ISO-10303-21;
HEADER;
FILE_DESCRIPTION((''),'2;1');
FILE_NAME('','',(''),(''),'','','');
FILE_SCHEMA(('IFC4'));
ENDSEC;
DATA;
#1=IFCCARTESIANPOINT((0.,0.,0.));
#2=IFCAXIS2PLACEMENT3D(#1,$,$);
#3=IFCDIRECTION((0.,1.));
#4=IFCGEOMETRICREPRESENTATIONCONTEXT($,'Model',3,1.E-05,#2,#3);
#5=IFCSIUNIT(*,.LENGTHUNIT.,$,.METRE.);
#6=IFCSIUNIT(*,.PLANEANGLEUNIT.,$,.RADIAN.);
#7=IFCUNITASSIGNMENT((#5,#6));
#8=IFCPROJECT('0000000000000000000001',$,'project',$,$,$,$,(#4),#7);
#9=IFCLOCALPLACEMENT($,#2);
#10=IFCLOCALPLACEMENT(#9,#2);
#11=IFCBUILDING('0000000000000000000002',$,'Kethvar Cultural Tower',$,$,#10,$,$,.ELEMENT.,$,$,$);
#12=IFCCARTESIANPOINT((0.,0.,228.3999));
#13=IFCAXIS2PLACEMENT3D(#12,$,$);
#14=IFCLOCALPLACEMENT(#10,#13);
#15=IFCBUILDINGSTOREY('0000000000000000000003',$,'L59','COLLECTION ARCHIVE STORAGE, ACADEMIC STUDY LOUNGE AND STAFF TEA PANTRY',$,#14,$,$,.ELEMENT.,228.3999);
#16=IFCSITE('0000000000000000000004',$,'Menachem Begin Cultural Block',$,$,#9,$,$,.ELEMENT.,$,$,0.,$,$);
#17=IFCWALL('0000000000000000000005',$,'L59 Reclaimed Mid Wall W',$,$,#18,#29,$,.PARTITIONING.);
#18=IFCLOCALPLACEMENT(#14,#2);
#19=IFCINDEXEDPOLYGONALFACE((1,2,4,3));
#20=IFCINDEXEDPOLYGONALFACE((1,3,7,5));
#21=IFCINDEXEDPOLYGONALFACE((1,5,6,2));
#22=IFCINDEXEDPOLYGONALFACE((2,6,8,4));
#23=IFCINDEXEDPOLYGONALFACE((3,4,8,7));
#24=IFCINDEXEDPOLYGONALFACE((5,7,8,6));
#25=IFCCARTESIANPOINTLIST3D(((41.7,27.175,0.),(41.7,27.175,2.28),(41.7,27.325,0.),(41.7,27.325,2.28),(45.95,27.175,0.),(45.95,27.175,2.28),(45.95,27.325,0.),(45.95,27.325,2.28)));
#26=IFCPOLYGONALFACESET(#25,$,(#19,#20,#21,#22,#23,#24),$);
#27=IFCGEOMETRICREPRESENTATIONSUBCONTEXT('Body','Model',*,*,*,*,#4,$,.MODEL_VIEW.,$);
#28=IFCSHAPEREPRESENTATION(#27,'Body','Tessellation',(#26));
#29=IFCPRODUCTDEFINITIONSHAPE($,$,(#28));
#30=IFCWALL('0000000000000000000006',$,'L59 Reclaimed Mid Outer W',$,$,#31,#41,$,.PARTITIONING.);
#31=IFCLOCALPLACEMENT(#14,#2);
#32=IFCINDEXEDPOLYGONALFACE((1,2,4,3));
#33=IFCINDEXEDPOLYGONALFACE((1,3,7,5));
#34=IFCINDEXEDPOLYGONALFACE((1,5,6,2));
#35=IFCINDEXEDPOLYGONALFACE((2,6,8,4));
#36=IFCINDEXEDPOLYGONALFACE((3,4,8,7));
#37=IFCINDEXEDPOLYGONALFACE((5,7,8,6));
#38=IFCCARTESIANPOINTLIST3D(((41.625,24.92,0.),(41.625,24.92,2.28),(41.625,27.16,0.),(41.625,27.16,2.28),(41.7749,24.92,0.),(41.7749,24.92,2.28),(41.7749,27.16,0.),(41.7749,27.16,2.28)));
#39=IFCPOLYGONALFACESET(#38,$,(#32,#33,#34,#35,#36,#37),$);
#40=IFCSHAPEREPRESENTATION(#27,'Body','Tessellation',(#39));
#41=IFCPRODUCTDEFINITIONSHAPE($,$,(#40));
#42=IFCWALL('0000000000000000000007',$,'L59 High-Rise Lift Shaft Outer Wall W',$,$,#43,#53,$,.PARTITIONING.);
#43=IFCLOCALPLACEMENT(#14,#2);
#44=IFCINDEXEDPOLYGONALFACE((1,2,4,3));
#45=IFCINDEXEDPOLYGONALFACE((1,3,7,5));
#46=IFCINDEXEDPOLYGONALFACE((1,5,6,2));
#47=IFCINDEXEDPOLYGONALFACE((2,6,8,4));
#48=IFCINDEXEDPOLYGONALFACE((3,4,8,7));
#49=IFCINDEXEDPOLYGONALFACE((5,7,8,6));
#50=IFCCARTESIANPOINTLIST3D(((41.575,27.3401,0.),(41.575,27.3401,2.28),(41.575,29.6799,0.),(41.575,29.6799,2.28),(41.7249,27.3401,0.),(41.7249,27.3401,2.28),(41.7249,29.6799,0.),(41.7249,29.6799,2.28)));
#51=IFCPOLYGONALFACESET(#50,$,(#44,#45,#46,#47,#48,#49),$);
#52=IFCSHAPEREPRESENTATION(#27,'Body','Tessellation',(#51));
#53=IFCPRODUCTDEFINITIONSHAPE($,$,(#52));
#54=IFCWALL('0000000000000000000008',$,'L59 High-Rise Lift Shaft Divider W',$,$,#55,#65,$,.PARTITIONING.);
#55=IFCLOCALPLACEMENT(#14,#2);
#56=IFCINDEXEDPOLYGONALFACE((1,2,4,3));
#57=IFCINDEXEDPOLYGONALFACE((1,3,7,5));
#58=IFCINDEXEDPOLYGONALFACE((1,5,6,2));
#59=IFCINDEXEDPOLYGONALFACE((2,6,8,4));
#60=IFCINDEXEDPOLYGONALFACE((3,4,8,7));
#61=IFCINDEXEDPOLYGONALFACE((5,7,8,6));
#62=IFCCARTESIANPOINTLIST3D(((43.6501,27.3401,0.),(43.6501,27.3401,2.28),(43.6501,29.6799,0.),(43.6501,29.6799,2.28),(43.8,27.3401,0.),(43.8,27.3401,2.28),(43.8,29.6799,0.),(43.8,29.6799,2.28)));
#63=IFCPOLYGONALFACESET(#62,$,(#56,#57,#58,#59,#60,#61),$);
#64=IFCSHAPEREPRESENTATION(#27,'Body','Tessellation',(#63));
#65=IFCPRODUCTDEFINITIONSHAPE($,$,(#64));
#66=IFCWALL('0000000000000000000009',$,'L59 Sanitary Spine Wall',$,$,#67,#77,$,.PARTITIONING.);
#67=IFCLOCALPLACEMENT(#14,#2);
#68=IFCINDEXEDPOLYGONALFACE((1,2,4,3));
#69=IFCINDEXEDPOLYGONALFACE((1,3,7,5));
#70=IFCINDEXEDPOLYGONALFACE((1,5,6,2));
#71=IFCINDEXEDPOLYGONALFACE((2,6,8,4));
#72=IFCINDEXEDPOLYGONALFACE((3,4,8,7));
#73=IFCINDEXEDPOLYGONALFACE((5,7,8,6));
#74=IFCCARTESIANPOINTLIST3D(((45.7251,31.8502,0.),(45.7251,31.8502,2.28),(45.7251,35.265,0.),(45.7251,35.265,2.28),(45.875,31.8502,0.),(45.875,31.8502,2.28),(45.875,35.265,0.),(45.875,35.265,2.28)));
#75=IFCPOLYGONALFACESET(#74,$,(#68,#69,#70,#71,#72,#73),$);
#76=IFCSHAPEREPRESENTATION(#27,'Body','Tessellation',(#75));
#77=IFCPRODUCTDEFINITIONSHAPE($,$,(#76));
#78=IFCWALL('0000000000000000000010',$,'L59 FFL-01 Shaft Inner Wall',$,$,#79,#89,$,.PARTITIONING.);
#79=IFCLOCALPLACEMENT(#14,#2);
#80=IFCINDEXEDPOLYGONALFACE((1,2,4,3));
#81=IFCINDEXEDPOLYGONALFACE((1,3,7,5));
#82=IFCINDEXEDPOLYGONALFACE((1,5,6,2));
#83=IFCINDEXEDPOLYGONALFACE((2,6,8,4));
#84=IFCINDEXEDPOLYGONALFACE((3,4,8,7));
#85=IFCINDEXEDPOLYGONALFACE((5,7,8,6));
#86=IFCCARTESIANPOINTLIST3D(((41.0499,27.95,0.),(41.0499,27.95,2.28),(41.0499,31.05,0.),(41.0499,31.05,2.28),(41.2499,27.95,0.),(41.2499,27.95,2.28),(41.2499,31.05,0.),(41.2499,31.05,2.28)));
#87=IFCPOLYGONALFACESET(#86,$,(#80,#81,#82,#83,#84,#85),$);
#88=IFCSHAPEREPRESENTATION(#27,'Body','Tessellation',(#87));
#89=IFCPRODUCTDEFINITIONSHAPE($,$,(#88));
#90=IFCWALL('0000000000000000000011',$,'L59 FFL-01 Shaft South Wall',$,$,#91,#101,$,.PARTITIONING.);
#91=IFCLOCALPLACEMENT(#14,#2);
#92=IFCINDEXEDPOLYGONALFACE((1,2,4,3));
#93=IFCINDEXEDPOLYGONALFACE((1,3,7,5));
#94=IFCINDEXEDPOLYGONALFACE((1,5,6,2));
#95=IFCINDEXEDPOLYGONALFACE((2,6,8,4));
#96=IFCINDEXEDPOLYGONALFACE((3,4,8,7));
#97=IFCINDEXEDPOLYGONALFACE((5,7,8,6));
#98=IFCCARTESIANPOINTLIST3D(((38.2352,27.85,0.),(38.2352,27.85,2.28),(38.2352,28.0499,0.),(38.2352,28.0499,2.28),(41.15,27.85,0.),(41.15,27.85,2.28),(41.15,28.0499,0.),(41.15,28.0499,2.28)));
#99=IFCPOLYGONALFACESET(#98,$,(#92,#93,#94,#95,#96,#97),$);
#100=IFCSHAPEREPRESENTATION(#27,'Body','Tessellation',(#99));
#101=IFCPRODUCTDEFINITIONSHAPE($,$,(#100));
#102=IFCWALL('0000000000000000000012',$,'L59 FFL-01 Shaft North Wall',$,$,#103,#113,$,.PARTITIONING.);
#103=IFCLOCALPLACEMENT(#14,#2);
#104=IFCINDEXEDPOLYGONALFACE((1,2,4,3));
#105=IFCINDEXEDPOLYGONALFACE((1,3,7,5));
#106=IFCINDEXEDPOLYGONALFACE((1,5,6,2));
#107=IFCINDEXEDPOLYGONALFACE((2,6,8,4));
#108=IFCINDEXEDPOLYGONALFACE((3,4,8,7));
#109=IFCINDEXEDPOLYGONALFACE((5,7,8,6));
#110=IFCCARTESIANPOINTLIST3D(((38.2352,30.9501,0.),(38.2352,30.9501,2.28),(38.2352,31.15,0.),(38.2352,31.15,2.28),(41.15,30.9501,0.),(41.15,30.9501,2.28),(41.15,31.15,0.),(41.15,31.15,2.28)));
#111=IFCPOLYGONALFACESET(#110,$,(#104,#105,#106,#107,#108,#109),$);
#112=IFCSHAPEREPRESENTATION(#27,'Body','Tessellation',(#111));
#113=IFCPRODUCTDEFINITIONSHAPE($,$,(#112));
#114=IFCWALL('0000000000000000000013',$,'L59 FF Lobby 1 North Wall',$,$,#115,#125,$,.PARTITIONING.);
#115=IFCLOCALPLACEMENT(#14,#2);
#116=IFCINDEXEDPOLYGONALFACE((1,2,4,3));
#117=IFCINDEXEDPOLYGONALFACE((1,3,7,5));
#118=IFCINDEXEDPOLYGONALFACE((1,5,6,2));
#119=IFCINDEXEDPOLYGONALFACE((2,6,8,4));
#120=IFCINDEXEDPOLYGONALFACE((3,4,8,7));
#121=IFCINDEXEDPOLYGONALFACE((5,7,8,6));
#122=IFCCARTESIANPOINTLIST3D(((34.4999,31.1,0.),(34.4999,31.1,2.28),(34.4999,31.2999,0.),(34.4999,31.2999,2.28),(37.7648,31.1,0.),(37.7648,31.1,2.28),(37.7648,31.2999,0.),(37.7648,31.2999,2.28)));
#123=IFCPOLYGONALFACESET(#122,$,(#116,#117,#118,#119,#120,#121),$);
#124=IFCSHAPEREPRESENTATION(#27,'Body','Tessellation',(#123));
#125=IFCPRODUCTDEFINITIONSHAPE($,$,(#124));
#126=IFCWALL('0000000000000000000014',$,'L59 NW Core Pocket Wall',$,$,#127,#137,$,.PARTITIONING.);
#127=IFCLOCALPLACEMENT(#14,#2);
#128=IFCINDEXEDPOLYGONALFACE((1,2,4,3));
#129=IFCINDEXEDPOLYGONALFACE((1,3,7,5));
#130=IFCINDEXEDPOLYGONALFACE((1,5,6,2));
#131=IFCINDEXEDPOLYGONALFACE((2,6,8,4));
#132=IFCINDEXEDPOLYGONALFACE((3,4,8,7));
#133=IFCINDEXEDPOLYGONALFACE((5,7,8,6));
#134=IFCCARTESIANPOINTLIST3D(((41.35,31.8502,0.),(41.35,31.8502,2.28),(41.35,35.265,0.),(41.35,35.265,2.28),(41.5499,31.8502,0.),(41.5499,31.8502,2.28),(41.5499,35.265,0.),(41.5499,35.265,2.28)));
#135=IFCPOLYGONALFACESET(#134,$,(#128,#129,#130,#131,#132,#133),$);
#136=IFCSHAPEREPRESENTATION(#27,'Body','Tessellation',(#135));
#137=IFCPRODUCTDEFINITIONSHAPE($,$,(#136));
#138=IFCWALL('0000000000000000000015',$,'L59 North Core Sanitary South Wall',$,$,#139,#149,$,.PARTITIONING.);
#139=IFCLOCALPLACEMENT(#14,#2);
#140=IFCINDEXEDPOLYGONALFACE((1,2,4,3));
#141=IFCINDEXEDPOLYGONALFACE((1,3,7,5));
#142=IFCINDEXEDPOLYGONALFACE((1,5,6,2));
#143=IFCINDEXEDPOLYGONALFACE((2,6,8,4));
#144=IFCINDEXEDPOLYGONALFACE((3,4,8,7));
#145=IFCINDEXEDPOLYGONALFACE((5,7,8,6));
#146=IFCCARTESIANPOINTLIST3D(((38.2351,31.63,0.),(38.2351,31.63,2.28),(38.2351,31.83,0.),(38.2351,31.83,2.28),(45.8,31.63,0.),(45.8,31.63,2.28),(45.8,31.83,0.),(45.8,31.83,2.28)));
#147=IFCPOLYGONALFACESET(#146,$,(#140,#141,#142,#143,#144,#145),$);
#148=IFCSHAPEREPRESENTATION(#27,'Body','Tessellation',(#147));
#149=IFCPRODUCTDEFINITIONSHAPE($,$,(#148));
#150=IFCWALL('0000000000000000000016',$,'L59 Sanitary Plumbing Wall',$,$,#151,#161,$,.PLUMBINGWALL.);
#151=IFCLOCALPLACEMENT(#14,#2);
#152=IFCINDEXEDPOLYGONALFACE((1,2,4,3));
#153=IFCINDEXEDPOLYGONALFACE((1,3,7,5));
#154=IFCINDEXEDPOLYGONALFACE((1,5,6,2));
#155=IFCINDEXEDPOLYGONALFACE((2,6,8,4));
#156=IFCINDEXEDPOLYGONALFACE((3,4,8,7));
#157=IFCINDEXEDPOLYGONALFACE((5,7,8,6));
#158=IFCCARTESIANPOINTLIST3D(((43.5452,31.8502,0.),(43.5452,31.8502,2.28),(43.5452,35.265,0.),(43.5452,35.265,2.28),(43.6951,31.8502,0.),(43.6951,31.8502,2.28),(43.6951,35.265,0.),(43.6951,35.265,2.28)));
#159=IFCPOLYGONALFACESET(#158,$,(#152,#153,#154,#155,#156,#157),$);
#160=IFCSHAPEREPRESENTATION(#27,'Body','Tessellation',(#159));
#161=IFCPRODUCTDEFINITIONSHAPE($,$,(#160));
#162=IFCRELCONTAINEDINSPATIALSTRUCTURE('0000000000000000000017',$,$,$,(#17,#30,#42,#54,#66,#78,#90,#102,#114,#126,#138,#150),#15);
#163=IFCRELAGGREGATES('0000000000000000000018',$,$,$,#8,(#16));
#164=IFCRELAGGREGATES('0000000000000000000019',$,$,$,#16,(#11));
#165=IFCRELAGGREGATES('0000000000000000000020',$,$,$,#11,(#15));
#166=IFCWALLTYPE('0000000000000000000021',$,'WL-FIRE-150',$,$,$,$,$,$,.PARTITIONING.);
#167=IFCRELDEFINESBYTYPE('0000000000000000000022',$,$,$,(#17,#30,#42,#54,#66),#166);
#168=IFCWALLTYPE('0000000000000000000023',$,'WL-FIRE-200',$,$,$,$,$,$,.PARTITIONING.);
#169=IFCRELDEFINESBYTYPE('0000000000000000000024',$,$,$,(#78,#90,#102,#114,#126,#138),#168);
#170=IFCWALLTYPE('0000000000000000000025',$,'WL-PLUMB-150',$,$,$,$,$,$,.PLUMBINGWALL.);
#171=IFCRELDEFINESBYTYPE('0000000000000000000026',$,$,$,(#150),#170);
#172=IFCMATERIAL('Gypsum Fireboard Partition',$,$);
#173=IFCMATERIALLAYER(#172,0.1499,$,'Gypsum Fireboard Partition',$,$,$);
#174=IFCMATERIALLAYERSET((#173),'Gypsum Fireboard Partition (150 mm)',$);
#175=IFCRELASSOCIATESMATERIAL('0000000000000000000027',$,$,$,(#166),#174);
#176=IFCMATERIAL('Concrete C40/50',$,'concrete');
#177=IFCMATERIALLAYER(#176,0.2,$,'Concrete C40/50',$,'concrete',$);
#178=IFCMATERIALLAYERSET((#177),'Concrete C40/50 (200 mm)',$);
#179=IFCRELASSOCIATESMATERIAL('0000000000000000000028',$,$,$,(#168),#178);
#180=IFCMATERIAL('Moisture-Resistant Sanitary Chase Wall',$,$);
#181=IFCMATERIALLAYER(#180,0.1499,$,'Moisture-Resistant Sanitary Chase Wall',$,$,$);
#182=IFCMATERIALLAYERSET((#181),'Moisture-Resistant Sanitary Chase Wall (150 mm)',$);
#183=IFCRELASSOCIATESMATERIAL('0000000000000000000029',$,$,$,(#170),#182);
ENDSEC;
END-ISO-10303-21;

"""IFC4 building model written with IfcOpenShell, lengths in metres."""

from ifc_helpers import new_model, si_unit, direction, frame, frame_2d, origin, place, context, subcontext, project, spatial, rectangle, extrude, material, layer, layer_set, type_object, element, save


model = new_model("IFC4")

# Units and contexts
model_context = context("Model", 3, precision=1e-05, world=origin(), true_north=direction((0.0, 1.0)))
body_context = subcontext(model_context, "Body", "Model", "MODEL_VIEW")
ifc_project = project(units=[si_unit("LENGTHUNIT", "METRE"), si_unit("PLANEANGLEUNIT", "RADIAN")], contexts=[model_context])

# Site, building, storey
site_placement = place(None, origin())
site = spatial("IfcSite", under=ifc_project, at=site_placement, Name="Menachem Begin Cultural Block", CompositionType="ELEMENT", RefElevation=0.0)
building_placement = place(site_placement, origin())
building = spatial("IfcBuilding", under=site, at=building_placement, Name="Kethvar Cultural Tower", CompositionType="ELEMENT")
storey_placement = place(building_placement, frame((0.0, 0.0, 228.3999)))
storey = spatial("IfcBuildingStorey", under=building, at=storey_placement, Name="L59", Description="COLLECTION ARCHIVE STORAGE, ACADEMIC STUDY LOUNGE AND STAFF TEA PANTRY", CompositionType="ELEMENT", Elevation=228.3999)

# Walls
ifc_material_1 = material(Name="Gypsum Fireboard Partition")
ifc_layer_1 = layer(ifc_material_1, 0.1499, Name="Gypsum Fireboard Partition")
ifc_layer_set_1 = layer_set([ifc_layer_1], Name="Gypsum Fireboard Partition (150 mm)")
wall_type_1 = type_object("IfcWallType", Name="WL-FIRE-150", PredefinedType="PARTITIONING", material=ifc_layer_set_1)
wall_1_placement = place(storey_placement, frame((41.7, 27.25, 0.0), z_axis=(0.0, 0.0, 1.0), x_axis=(1.0, 0.0, 0.0)))
element("IfcWall", 1, at=wall_1_placement, inside=storey, type_object=wall_type_1, Name="L59 Reclaimed Mid Wall W", PredefinedType="PARTITIONING", context=body_context, shape_type="SweptSolid", body=[
    extrude(rectangle(XDim=4.25, YDim=0.1499, at=frame_2d((2.125, 0.0))), origin(), (0.0, 0.0, 1.0), 2.28),
])
wall_2_placement = place(storey_placement, frame((41.7, 24.9199, 0.0), z_axis=(0.0, 0.0, 1.0), x_axis=(0.0, 1.0, 0.0)))
element("IfcWall", 2, at=wall_2_placement, inside=storey, type_object=wall_type_1, Name="L59 Reclaimed Mid Outer W", PredefinedType="PARTITIONING", context=body_context, shape_type="SweptSolid", body=[
    extrude(rectangle(XDim=2.24, YDim=0.1499, at=frame_2d((1.1201, 0.0))), origin(), (0.0, 0.0, 1.0), 2.28),
])
for number, where, z_axis, x_axis, name in (
    (3, (41.6499, 27.3401, 0.0), (0.0, 0.0, 1.0), (0.0, 1.0, 0.0), "L59 High-Rise Lift Shaft Outer Wall W"),
    (4, (43.7251, 27.3401, 0.0), (0.0, 0.0, 1.0), (0.0, 1.0, 0.0), "L59 High-Rise Lift Shaft Divider W"),
):
    element("IfcWall", number, at=place(storey_placement, frame(where, z_axis=z_axis, x_axis=x_axis)), inside=storey, type_object=wall_type_1, Name=name, PredefinedType="PARTITIONING", context=body_context, shape_type="SweptSolid", body=[
        extrude(rectangle(XDim=2.3398, YDim=0.1499, at=frame_2d((1.1699, 0.0))), origin(), (0.0, 0.0, 1.0), 2.28),
    ])
wall_3_placement = place(storey_placement, frame((45.8, 31.8501, 0.0), z_axis=(0.0, 0.0, 1.0), x_axis=(0.0, 1.0, 0.0)))
element("IfcWall", 5, at=wall_3_placement, inside=storey, type_object=wall_type_1, Name="L59 Sanitary Spine Wall", PredefinedType="PARTITIONING", context=body_context, shape_type="SweptSolid", body=[
    extrude(rectangle(XDim=3.4148, YDim=0.1499, at=frame_2d((1.7075, 0.0))), origin(), (0.0, 0.0, 1.0), 2.28),
])
ifc_material_2 = material(Name="Concrete C40/50", Category="concrete")
ifc_layer_2 = layer(ifc_material_2, 0.2, Name="Concrete C40/50", Category="concrete")
ifc_layer_set_2 = layer_set([ifc_layer_2], Name="Concrete C40/50 (200 mm)")
wall_type_2 = type_object("IfcWallType", Name="WL-FIRE-200", PredefinedType="PARTITIONING", material=ifc_layer_set_2)
wall_4_placement = place(storey_placement, frame((41.1499, 27.95, 0.0), z_axis=(0.0, 0.0, 1.0), x_axis=(0.0, 1.0, 0.0)))
element("IfcWall", 6, at=wall_4_placement, inside=storey, type_object=wall_type_2, Name="L59 FFL-01 Shaft Inner Wall", PredefinedType="PARTITIONING", context=body_context, shape_type="SweptSolid", body=[
    extrude(rectangle(XDim=3.1001, YDim=0.2, at=frame_2d((1.55, 0.0))), origin(), (0.0, 0.0, 1.0), 2.28),
])
for number, where, z_axis, x_axis, name in (
    (7, (38.2351, 27.95, 0.0), (0.0, 0.0, 1.0), (1.0, 0.0, 0.0), "L59 FFL-01 Shaft South Wall"),
    (8, (38.2351, 31.05, 0.0), (0.0, 0.0, 1.0), (1.0, 0.0, 0.0), "L59 FFL-01 Shaft North Wall"),
):
    element("IfcWall", number, at=place(storey_placement, frame(where, z_axis=z_axis, x_axis=x_axis)), inside=storey, type_object=wall_type_2, Name=name, PredefinedType="PARTITIONING", context=body_context, shape_type="SweptSolid", body=[
        extrude(rectangle(XDim=2.9148, YDim=0.2, at=frame_2d((1.4575, 0.0))), origin(), (0.0, 0.0, 1.0), 2.28),
    ])
wall_5_placement = place(storey_placement, frame((34.5, 31.2, 0.0), z_axis=(0.0, 0.0, 1.0), x_axis=(1.0, 0.0, 0.0)))
element("IfcWall", 9, at=wall_5_placement, inside=storey, type_object=wall_type_2, Name="L59 FF Lobby 1 North Wall", PredefinedType="PARTITIONING", context=body_context, shape_type="SweptSolid", body=[
    extrude(rectangle(XDim=3.2649, YDim=0.2, at=frame_2d((1.6323, 0.0))), origin(), (0.0, 0.0, 1.0), 2.28),
])
wall_6_placement = place(storey_placement, frame((41.45, 31.8501, 0.0), z_axis=(0.0, 0.0, 1.0), x_axis=(0.0, 1.0, 0.0)))
element("IfcWall", 10, at=wall_6_placement, inside=storey, type_object=wall_type_2, Name="L59 NW Core Pocket Wall", PredefinedType="PARTITIONING", context=body_context, shape_type="SweptSolid", body=[
    extrude(rectangle(XDim=3.4148, YDim=0.2, at=frame_2d((1.7075, 0.0))), origin(), (0.0, 0.0, 1.0), 2.28),
])
wall_7_placement = place(storey_placement, frame((38.2351, 31.73, 0.0), z_axis=(0.0, 0.0, 1.0), x_axis=(1.0, 0.0, 0.0)))
element("IfcWall", 11, at=wall_7_placement, inside=storey, type_object=wall_type_2, Name="L59 North Core Sanitary South Wall", PredefinedType="PARTITIONING", context=body_context, shape_type="SweptSolid", body=[
    extrude(rectangle(XDim=7.5649, YDim=0.2, at=frame_2d((3.7825, 0.0))), origin(), (0.0, 0.0, 1.0), 2.28),
])
ifc_material_3 = material(Name="Moisture-Resistant Sanitary Chase Wall")
ifc_layer_3 = layer(ifc_material_3, 0.1499, Name="Moisture-Resistant Sanitary Chase Wall")
ifc_layer_set_3 = layer_set([ifc_layer_3], Name="Moisture-Resistant Sanitary Chase Wall (150 mm)")
wall_type_3 = type_object("IfcWallType", Name="WL-PLUMB-150", PredefinedType="PLUMBINGWALL", material=ifc_layer_set_3)
wall_8_placement = place(storey_placement, frame((43.6201, 31.8501, 0.0), z_axis=(0.0, 0.0, 1.0), x_axis=(0.0, 1.0, 0.0)))
element("IfcWall", 12, at=wall_8_placement, inside=storey, type_object=wall_type_3, Name="L59 Sanitary Plumbing Wall", PredefinedType="PLUMBINGWALL", context=body_context, shape_type="SweptSolid", body=[
    extrude(rectangle(XDim=3.4148, YDim=0.1499, at=frame_2d((1.7075, 0.0))), origin(), (0.0, 0.0, 1.0), 2.28),
])

save(model, "model.ifc")
